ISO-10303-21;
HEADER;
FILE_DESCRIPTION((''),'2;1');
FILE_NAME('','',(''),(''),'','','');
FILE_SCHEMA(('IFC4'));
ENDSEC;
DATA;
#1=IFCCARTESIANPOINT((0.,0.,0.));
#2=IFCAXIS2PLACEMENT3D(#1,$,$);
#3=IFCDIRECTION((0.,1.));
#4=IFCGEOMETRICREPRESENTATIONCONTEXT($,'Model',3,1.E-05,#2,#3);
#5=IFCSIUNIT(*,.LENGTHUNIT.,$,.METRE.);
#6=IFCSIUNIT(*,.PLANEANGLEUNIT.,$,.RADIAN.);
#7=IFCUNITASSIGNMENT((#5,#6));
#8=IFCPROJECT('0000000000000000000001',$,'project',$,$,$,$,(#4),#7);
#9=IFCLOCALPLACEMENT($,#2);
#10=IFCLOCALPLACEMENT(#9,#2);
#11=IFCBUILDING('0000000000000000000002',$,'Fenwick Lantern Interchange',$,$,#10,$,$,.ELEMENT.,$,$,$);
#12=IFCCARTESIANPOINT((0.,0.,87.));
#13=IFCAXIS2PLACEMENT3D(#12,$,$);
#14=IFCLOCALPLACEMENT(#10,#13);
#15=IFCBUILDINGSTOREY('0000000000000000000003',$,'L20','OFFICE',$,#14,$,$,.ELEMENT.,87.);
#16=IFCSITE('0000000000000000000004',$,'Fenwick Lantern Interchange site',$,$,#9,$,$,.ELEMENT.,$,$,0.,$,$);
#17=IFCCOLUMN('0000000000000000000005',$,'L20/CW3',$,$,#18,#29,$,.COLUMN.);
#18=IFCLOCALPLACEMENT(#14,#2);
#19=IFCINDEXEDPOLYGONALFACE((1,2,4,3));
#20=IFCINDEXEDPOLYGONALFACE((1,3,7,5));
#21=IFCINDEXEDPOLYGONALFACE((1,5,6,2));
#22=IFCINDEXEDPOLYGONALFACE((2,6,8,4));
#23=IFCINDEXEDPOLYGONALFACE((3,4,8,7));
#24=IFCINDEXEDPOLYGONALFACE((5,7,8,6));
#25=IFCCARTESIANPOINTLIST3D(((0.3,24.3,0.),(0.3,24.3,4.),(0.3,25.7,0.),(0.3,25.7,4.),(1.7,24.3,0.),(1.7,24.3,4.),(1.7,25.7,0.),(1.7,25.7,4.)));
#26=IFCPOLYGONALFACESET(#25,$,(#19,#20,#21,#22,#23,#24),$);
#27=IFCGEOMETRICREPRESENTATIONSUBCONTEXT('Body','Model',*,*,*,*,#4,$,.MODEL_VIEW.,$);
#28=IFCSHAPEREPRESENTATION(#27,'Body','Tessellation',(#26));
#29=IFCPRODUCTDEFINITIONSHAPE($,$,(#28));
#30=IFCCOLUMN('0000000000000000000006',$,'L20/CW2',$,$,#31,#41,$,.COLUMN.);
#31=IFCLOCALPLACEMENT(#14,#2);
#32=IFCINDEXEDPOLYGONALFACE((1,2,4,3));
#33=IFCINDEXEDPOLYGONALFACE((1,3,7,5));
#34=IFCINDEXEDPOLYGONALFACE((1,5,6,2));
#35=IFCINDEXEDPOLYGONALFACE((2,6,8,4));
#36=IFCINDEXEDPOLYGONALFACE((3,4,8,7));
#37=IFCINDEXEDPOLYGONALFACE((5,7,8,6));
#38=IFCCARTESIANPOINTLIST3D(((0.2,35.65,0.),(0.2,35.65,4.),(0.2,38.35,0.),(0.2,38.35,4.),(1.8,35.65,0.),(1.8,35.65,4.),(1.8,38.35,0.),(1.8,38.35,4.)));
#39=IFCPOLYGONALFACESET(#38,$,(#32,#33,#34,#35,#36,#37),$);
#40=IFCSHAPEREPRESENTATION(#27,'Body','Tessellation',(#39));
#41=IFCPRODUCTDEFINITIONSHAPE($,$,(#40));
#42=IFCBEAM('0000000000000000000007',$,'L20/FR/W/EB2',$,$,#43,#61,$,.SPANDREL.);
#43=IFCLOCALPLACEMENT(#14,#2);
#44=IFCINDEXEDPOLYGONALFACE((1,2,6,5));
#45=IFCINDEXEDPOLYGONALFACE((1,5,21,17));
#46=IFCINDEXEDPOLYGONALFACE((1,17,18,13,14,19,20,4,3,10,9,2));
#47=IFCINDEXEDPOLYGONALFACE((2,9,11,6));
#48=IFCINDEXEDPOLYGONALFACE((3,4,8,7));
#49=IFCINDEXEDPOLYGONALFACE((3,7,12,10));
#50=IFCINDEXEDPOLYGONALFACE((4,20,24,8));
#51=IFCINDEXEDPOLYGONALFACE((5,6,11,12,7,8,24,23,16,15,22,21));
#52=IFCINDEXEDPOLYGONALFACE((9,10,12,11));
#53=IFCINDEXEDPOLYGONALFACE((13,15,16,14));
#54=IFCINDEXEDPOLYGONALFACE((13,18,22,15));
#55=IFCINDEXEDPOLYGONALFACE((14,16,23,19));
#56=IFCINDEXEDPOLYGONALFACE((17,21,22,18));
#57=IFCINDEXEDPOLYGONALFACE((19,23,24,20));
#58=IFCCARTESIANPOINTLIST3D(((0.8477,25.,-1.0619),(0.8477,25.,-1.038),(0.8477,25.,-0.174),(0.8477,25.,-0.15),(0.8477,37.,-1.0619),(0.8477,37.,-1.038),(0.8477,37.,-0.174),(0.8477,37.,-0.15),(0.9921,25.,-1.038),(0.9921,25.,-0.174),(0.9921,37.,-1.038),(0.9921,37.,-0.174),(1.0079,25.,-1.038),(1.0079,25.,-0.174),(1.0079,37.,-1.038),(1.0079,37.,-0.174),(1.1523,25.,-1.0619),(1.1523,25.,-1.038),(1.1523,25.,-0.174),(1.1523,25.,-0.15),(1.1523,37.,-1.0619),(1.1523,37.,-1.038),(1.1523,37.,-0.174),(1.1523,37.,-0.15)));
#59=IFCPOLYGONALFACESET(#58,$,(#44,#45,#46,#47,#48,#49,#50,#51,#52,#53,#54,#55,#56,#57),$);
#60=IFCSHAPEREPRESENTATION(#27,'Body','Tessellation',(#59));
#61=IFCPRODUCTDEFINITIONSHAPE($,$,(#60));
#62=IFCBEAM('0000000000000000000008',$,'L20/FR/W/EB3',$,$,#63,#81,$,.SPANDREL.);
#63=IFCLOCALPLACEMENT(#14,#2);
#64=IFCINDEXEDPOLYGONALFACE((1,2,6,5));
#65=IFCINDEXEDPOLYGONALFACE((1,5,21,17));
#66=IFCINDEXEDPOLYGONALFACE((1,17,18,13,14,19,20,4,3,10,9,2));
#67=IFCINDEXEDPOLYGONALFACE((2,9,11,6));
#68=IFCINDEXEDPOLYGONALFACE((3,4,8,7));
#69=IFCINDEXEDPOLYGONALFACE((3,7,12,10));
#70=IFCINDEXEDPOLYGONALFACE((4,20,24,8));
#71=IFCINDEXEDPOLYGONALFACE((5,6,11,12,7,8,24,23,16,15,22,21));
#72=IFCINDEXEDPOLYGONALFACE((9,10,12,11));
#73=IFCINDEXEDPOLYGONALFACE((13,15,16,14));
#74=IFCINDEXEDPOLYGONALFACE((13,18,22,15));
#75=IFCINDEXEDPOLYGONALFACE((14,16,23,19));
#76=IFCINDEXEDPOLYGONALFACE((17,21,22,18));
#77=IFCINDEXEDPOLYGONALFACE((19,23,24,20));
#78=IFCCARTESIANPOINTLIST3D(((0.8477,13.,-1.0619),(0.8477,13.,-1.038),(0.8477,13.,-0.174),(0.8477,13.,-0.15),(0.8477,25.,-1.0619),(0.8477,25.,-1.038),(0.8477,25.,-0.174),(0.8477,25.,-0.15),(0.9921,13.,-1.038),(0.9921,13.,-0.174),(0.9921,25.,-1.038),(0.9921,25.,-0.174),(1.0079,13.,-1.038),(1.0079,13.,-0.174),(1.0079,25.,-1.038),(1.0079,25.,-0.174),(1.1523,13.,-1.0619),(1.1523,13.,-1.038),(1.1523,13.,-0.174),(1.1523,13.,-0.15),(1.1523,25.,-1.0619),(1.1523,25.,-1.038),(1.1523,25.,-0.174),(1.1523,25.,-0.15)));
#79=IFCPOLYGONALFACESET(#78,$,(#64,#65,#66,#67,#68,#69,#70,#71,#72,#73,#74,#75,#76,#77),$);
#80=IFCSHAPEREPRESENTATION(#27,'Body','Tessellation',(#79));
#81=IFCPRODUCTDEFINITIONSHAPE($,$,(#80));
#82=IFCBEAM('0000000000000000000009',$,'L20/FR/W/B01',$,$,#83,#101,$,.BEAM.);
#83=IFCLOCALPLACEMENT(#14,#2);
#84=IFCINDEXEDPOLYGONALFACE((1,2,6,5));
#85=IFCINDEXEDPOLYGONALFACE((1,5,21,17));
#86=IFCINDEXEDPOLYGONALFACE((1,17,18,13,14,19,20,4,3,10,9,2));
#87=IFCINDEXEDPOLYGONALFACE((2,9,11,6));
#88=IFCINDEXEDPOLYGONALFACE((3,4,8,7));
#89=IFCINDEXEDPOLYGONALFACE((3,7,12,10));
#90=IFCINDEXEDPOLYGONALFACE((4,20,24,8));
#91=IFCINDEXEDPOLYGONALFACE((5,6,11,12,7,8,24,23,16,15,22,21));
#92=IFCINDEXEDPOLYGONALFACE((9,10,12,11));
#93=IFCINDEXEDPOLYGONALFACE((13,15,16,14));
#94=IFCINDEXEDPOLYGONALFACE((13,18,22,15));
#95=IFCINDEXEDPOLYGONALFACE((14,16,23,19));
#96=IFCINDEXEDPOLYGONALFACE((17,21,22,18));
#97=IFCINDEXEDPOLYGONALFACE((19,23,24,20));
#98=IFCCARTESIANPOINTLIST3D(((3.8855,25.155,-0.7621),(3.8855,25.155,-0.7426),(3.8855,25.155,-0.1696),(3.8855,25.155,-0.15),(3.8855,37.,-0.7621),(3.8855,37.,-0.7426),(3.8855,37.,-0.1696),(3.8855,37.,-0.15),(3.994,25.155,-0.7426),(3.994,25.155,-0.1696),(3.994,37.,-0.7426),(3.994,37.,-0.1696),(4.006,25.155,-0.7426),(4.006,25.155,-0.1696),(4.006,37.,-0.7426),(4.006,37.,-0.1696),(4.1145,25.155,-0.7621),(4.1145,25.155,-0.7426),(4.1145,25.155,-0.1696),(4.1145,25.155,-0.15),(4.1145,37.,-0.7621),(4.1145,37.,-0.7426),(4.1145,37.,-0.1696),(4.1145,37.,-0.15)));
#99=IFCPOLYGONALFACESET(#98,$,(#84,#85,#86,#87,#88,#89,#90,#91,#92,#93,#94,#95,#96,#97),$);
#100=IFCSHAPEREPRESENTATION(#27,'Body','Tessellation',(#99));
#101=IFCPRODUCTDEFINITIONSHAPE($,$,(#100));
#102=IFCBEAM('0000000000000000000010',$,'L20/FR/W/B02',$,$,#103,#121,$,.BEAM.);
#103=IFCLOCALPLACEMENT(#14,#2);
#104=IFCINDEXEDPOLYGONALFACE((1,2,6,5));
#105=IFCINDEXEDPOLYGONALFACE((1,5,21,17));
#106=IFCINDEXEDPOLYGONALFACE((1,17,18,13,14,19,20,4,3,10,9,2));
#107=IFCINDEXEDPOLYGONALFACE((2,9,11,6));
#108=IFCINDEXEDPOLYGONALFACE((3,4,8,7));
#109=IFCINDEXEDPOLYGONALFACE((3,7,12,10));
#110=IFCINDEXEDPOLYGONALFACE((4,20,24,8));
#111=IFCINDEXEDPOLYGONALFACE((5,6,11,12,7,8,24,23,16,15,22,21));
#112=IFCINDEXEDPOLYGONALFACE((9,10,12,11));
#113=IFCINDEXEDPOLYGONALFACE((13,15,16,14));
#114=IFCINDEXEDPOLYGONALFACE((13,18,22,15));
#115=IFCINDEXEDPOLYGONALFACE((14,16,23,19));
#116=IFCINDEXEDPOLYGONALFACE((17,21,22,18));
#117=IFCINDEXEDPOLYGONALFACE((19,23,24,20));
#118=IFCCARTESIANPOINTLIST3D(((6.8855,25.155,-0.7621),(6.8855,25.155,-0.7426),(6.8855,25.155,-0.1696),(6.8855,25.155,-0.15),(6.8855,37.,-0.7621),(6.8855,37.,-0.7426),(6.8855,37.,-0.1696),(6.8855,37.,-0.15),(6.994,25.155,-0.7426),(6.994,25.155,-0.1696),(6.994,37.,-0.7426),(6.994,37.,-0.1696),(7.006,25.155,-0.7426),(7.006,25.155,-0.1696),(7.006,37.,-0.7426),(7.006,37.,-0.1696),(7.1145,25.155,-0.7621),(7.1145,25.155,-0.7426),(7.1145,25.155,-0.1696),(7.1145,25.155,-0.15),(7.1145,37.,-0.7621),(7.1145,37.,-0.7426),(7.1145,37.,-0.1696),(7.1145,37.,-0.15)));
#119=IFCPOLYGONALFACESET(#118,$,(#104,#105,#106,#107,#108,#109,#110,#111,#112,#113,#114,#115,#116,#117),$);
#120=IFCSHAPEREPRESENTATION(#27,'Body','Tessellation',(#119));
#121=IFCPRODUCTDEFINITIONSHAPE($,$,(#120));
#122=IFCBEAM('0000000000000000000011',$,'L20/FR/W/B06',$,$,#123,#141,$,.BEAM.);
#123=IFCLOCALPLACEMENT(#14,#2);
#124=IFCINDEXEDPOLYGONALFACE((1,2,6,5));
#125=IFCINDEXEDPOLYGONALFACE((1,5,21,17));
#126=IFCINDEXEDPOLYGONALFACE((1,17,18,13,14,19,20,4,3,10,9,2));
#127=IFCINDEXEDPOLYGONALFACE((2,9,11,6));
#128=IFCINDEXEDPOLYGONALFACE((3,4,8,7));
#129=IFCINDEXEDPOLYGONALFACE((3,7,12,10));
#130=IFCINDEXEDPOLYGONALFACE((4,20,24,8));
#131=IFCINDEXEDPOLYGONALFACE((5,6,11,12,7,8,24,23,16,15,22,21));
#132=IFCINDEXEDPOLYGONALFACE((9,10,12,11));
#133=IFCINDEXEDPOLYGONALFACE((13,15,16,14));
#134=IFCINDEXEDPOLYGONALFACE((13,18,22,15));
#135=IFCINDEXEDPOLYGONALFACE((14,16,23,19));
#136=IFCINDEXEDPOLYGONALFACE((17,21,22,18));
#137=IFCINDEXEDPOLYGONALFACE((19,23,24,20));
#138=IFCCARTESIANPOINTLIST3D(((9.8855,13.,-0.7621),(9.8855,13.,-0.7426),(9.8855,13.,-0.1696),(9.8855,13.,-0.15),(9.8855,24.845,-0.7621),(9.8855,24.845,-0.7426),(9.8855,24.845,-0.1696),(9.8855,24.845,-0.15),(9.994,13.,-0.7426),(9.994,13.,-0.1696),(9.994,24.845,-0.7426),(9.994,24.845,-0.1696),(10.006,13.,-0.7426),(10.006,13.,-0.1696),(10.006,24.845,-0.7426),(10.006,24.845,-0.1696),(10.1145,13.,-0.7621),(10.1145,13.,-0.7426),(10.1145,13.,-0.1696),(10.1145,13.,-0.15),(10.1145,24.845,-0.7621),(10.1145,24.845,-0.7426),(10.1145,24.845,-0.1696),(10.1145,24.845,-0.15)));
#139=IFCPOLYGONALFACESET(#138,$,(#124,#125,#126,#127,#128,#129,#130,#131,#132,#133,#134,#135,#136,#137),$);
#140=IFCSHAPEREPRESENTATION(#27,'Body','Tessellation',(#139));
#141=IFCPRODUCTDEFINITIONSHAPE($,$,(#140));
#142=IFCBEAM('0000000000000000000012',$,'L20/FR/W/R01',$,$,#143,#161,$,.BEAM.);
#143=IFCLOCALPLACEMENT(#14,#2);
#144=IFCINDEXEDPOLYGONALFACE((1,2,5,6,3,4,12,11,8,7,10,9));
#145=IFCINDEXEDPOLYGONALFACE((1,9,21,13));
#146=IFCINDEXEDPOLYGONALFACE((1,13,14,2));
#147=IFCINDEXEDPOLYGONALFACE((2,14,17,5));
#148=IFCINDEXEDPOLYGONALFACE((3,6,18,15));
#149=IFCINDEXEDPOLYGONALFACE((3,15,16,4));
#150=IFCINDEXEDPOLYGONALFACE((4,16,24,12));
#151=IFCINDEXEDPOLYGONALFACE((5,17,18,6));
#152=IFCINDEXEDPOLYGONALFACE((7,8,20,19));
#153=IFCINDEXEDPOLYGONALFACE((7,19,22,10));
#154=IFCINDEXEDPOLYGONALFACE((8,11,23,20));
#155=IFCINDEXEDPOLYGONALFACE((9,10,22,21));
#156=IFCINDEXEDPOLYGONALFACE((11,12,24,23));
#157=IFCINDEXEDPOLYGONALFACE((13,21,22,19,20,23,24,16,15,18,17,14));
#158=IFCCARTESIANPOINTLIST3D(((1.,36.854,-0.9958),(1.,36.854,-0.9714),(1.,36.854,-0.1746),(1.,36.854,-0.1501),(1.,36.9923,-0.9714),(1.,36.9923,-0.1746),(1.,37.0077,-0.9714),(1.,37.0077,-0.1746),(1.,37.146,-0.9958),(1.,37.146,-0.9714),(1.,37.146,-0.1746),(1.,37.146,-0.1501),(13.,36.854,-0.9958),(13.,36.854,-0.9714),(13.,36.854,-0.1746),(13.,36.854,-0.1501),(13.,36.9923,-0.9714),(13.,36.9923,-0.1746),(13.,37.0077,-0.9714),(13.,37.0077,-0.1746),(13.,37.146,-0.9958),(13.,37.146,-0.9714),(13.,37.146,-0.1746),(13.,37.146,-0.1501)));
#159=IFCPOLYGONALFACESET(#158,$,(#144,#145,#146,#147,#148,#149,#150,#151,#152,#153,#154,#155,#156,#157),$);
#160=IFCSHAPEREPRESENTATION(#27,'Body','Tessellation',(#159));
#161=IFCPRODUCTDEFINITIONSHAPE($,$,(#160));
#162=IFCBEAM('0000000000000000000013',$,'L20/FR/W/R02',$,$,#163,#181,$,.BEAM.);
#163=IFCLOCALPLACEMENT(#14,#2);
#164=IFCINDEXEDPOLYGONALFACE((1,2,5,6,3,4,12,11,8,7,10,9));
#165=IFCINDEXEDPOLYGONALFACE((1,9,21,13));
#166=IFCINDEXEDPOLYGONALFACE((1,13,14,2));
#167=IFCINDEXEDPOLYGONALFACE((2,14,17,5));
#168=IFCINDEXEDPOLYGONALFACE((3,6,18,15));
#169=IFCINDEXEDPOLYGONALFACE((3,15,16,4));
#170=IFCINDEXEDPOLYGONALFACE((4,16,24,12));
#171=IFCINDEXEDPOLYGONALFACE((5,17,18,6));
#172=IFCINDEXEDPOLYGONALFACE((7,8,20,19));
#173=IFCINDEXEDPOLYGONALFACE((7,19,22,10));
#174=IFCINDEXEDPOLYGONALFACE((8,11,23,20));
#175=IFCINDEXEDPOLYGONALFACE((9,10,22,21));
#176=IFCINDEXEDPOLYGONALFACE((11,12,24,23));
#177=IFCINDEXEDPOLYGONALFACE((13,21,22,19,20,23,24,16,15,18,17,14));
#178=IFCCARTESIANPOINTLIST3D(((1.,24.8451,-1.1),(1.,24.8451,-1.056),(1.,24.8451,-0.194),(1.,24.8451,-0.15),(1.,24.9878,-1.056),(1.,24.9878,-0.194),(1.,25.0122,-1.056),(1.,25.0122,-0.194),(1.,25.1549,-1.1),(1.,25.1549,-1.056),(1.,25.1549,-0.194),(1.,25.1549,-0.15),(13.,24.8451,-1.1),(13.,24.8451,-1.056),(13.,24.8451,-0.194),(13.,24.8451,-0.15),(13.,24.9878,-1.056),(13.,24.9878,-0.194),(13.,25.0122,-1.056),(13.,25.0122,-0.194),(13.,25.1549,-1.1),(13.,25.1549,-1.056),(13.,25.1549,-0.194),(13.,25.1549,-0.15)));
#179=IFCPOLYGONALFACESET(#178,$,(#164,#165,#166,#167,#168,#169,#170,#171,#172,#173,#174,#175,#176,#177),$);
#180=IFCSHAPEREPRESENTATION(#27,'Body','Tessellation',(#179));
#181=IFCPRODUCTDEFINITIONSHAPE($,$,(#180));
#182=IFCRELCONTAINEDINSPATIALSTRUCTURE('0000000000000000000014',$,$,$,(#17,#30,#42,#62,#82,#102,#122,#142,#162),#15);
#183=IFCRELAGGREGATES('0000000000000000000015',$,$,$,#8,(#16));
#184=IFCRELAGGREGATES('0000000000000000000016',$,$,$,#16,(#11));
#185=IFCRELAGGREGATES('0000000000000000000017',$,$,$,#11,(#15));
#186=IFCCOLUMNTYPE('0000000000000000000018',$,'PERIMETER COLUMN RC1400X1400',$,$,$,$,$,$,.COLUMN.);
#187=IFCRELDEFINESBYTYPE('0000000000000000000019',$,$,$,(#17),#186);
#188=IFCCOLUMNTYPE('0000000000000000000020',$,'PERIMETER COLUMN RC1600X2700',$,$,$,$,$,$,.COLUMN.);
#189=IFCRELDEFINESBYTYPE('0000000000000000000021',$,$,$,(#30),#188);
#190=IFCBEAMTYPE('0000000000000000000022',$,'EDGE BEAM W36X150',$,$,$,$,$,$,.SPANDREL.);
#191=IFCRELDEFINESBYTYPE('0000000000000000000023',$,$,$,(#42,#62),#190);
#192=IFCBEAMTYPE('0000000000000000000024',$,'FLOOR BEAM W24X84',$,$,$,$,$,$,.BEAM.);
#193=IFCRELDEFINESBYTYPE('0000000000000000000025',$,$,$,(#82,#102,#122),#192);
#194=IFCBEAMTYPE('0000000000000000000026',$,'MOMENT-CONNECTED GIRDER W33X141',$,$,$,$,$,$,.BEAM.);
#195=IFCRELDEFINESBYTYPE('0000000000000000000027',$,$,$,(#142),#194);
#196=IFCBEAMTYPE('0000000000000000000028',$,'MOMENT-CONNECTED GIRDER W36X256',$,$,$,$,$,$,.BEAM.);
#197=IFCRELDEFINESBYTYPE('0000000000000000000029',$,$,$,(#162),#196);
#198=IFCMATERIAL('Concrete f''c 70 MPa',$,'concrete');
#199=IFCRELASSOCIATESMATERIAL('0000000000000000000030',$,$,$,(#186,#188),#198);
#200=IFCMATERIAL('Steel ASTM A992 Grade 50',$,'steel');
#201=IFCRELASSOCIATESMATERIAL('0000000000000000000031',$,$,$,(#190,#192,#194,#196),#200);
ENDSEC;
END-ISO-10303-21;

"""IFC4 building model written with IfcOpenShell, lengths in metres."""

from ifc_helpers import new_model, si_unit, direction, frame, origin, origin_2d, place, context, subcontext, project, spatial, rectangle, i_section, extrude, material, material_profile, profile_set, type_object, element, save


model = new_model("IFC4")

# Units and contexts
model_context = context("Model", 3, precision=1e-05, world=origin(), true_north=direction((0.0, 1.0)))
body_context = subcontext(model_context, "Body", "Model", "MODEL_VIEW")
ifc_project = project(units=[si_unit("LENGTHUNIT", "METRE"), si_unit("PLANEANGLEUNIT", "RADIAN")], contexts=[model_context])

# Site, building, storey
site_placement = place(None, origin())
site = spatial("IfcSite", under=ifc_project, at=site_placement, Name="Fenwick Lantern Interchange site", CompositionType="ELEMENT", RefElevation=0.0)
building_placement = place(site_placement, origin())
building = spatial("IfcBuilding", under=site, at=building_placement, Name="Fenwick Lantern Interchange", CompositionType="ELEMENT")
storey_placement = place(building_placement, frame((0.0, 0.0, 87.0)))
storey = spatial("IfcBuildingStorey", under=building, at=storey_placement, Name="L20", Description="OFFICE", CompositionType="ELEMENT", Elevation=87.0)

# Columns
ifc_material_1 = material(Name="Concrete f'c 70 MPa", Category="concrete")
ifc_material_profile_1 = material_profile(ifc_material_1, rectangle(XDim=1.3999, YDim=1.3999, at=origin_2d()), Name="RC1400X1400")
ifc_profile_set_1 = profile_set([ifc_material_profile_1], Name="Concrete f'c 70 MPa")
column_type_1 = type_object("IfcColumnType", Name="PERIMETER COLUMN RC1400X1400", PredefinedType="COLUMN", material=ifc_profile_set_1)
column_1_placement = place(storey_placement, frame((1.0, 25.0, 0.0), z_axis=(0.0, 0.0, 1.0), x_axis=(1.0, 0.0, 0.0)))
element("IfcColumn", 1, at=column_1_placement, inside=storey, type_object=column_type_1, Name="L20/CW3", PredefinedType="COLUMN", context=body_context, shape_type="SweptSolid", body=[
    extrude(rectangle(XDim=1.3999, YDim=1.3999, at=origin_2d()), origin(), (0.0, 0.0, 1.0), 4.0),
])
ifc_material_profile_2 = material_profile(ifc_material_1, rectangle(XDim=1.6001, YDim=2.7, at=origin_2d()), Name="RC1600X2700")
ifc_profile_set_2 = profile_set([ifc_material_profile_2], Name="Concrete f'c 70 MPa")
column_type_2 = type_object("IfcColumnType", Name="PERIMETER COLUMN RC1600X2700", PredefinedType="COLUMN", material=ifc_profile_set_2)
column_2_placement = place(storey_placement, frame((1.0, 37.0, 0.0), z_axis=(0.0, 0.0, 1.0), x_axis=(1.0, 0.0, 0.0)))
element("IfcColumn", 2, at=column_2_placement, inside=storey, type_object=column_type_2, Name="L20/CW2", PredefinedType="COLUMN", context=body_context, shape_type="SweptSolid", body=[
    extrude(rectangle(XDim=1.6001, YDim=2.7, at=origin_2d()), origin(), (0.0, 0.0, 1.0), 4.0),
])

# Beams
ifc_material_2 = material(Name="Steel ASTM A992 Grade 50", Category="steel")
ifc_material_profile_3 = material_profile(ifc_material_2, i_section(OverallWidth=0.3047, OverallDepth=0.9119, WebThickness=0.0159, FlangeThickness=0.0239, at=origin_2d()), Name="W36X150")
ifc_profile_set_3 = profile_set([ifc_material_profile_3], Name="Steel ASTM A992 Grade 50")
beam_type_1 = type_object("IfcBeamType", Name="EDGE BEAM W36X150", PredefinedType="SPANDREL", material=ifc_profile_set_3)
for number, where, z_axis, x_axis, name in (
    (3, (1.0, 37.0, -0.606), (0.0, -1.0, 0.0), (1.0, 0.0, 0.0), "L20/FR/W/EB2"),
    (4, (1.0, 25.0, -0.606), (0.0, -1.0, 0.0), (1.0, 0.0, 0.0), "L20/FR/W/EB3"),
):
    element("IfcBeam", number, at=place(storey_placement, frame(where, z_axis=z_axis, x_axis=x_axis)), inside=storey, type_object=beam_type_1, Name=name, PredefinedType="SPANDREL", context=body_context, shape_type="SweptSolid", body=[
        extrude(i_section(OverallWidth=0.3047, OverallDepth=0.9119, WebThickness=0.0159, FlangeThickness=0.0239, at=origin_2d()), origin(), (0.0, 0.0, 1.0), 12.0),
    ])
ifc_material_profile_4 = material_profile(ifc_material_2, i_section(OverallWidth=0.229, OverallDepth=0.6121, WebThickness=0.012, FlangeThickness=0.0195, at=origin_2d()), Name="W24X84")
ifc_profile_set_4 = profile_set([ifc_material_profile_4], Name="Steel ASTM A992 Grade 50")
beam_type_2 = type_object("IfcBeamType", Name="FLOOR BEAM W24X84", PredefinedType="BEAM", material=ifc_profile_set_4)
for number, where, z_axis, x_axis, name in (
    (5, (4.0, 37.0, -0.4561), (0.0, -1.0, 0.0), (1.0, 0.0, 0.0), "L20/FR/W/B01"),
    (6, (7.0, 37.0, -0.4561), (0.0, -1.0, 0.0), (1.0, 0.0, 0.0), "L20/FR/W/B02"),
    (7, (10.0, 24.845, -0.4561), (0.0, -1.0, 0.0), (1.0, 0.0, 0.0), "L20/FR/W/B06"),
):
    element("IfcBeam", number, at=place(storey_placement, frame(where, z_axis=z_axis, x_axis=x_axis)), inside=storey, type_object=beam_type_2, Name=name, PredefinedType="BEAM", context=body_context, shape_type="SweptSolid", body=[
        extrude(i_section(OverallWidth=0.229, OverallDepth=0.6121, WebThickness=0.012, FlangeThickness=0.0195, at=origin_2d()), origin(), (0.0, 0.0, 1.0), 11.845),
    ])
ifc_material_profile_5 = material_profile(ifc_material_2, i_section(OverallWidth=0.292, OverallDepth=0.8457, WebThickness=0.0154, FlangeThickness=0.0244, at=origin_2d()), Name="W33X141")
ifc_profile_set_5 = profile_set([ifc_material_profile_5], Name="Steel ASTM A992 Grade 50")
beam_type_3 = type_object("IfcBeamType", Name="MOMENT-CONNECTED GIRDER W33X141", PredefinedType="BEAM", material=ifc_profile_set_5)
beam_1_placement = place(storey_placement, frame((1.0, 37.0, -0.573), z_axis=(1.0, 0.0, 0.0), x_axis=(0.0, 1.0, 0.0)))
element("IfcBeam", 8, at=beam_1_placement, inside=storey, type_object=beam_type_3, Name="L20/FR/W/R01", PredefinedType="BEAM", context=body_context, shape_type="SweptSolid", body=[
    extrude(i_section(OverallWidth=0.292, OverallDepth=0.8457, WebThickness=0.0154, FlangeThickness=0.0244, at=origin_2d()), origin(), (0.0, 0.0, 1.0), 12.0),
])
ifc_material_profile_6 = material_profile(ifc_material_2, i_section(OverallWidth=0.3098, OverallDepth=0.95, WebThickness=0.0244, FlangeThickness=0.0439, at=origin_2d()), Name="W36X256")
ifc_profile_set_6 = profile_set([ifc_material_profile_6], Name="Steel ASTM A992 Grade 50")
beam_type_4 = type_object("IfcBeamType", Name="MOMENT-CONNECTED GIRDER W36X256", PredefinedType="BEAM", material=ifc_profile_set_6)
beam_2_placement = place(storey_placement, frame((1.0, 25.0, -0.625), z_axis=(1.0, 0.0, 0.0), x_axis=(0.0, 1.0, 0.0)))
element("IfcBeam", 9, at=beam_2_placement, inside=storey, type_object=beam_type_4, Name="L20/FR/W/R02", PredefinedType="BEAM", context=body_context, shape_type="SweptSolid", body=[
    extrude(i_section(OverallWidth=0.3098, OverallDepth=0.95, WebThickness=0.0244, FlangeThickness=0.0439, at=origin_2d()), origin(), (0.0, 0.0, 1.0), 12.0),
])

save(model, "model.ifc")
